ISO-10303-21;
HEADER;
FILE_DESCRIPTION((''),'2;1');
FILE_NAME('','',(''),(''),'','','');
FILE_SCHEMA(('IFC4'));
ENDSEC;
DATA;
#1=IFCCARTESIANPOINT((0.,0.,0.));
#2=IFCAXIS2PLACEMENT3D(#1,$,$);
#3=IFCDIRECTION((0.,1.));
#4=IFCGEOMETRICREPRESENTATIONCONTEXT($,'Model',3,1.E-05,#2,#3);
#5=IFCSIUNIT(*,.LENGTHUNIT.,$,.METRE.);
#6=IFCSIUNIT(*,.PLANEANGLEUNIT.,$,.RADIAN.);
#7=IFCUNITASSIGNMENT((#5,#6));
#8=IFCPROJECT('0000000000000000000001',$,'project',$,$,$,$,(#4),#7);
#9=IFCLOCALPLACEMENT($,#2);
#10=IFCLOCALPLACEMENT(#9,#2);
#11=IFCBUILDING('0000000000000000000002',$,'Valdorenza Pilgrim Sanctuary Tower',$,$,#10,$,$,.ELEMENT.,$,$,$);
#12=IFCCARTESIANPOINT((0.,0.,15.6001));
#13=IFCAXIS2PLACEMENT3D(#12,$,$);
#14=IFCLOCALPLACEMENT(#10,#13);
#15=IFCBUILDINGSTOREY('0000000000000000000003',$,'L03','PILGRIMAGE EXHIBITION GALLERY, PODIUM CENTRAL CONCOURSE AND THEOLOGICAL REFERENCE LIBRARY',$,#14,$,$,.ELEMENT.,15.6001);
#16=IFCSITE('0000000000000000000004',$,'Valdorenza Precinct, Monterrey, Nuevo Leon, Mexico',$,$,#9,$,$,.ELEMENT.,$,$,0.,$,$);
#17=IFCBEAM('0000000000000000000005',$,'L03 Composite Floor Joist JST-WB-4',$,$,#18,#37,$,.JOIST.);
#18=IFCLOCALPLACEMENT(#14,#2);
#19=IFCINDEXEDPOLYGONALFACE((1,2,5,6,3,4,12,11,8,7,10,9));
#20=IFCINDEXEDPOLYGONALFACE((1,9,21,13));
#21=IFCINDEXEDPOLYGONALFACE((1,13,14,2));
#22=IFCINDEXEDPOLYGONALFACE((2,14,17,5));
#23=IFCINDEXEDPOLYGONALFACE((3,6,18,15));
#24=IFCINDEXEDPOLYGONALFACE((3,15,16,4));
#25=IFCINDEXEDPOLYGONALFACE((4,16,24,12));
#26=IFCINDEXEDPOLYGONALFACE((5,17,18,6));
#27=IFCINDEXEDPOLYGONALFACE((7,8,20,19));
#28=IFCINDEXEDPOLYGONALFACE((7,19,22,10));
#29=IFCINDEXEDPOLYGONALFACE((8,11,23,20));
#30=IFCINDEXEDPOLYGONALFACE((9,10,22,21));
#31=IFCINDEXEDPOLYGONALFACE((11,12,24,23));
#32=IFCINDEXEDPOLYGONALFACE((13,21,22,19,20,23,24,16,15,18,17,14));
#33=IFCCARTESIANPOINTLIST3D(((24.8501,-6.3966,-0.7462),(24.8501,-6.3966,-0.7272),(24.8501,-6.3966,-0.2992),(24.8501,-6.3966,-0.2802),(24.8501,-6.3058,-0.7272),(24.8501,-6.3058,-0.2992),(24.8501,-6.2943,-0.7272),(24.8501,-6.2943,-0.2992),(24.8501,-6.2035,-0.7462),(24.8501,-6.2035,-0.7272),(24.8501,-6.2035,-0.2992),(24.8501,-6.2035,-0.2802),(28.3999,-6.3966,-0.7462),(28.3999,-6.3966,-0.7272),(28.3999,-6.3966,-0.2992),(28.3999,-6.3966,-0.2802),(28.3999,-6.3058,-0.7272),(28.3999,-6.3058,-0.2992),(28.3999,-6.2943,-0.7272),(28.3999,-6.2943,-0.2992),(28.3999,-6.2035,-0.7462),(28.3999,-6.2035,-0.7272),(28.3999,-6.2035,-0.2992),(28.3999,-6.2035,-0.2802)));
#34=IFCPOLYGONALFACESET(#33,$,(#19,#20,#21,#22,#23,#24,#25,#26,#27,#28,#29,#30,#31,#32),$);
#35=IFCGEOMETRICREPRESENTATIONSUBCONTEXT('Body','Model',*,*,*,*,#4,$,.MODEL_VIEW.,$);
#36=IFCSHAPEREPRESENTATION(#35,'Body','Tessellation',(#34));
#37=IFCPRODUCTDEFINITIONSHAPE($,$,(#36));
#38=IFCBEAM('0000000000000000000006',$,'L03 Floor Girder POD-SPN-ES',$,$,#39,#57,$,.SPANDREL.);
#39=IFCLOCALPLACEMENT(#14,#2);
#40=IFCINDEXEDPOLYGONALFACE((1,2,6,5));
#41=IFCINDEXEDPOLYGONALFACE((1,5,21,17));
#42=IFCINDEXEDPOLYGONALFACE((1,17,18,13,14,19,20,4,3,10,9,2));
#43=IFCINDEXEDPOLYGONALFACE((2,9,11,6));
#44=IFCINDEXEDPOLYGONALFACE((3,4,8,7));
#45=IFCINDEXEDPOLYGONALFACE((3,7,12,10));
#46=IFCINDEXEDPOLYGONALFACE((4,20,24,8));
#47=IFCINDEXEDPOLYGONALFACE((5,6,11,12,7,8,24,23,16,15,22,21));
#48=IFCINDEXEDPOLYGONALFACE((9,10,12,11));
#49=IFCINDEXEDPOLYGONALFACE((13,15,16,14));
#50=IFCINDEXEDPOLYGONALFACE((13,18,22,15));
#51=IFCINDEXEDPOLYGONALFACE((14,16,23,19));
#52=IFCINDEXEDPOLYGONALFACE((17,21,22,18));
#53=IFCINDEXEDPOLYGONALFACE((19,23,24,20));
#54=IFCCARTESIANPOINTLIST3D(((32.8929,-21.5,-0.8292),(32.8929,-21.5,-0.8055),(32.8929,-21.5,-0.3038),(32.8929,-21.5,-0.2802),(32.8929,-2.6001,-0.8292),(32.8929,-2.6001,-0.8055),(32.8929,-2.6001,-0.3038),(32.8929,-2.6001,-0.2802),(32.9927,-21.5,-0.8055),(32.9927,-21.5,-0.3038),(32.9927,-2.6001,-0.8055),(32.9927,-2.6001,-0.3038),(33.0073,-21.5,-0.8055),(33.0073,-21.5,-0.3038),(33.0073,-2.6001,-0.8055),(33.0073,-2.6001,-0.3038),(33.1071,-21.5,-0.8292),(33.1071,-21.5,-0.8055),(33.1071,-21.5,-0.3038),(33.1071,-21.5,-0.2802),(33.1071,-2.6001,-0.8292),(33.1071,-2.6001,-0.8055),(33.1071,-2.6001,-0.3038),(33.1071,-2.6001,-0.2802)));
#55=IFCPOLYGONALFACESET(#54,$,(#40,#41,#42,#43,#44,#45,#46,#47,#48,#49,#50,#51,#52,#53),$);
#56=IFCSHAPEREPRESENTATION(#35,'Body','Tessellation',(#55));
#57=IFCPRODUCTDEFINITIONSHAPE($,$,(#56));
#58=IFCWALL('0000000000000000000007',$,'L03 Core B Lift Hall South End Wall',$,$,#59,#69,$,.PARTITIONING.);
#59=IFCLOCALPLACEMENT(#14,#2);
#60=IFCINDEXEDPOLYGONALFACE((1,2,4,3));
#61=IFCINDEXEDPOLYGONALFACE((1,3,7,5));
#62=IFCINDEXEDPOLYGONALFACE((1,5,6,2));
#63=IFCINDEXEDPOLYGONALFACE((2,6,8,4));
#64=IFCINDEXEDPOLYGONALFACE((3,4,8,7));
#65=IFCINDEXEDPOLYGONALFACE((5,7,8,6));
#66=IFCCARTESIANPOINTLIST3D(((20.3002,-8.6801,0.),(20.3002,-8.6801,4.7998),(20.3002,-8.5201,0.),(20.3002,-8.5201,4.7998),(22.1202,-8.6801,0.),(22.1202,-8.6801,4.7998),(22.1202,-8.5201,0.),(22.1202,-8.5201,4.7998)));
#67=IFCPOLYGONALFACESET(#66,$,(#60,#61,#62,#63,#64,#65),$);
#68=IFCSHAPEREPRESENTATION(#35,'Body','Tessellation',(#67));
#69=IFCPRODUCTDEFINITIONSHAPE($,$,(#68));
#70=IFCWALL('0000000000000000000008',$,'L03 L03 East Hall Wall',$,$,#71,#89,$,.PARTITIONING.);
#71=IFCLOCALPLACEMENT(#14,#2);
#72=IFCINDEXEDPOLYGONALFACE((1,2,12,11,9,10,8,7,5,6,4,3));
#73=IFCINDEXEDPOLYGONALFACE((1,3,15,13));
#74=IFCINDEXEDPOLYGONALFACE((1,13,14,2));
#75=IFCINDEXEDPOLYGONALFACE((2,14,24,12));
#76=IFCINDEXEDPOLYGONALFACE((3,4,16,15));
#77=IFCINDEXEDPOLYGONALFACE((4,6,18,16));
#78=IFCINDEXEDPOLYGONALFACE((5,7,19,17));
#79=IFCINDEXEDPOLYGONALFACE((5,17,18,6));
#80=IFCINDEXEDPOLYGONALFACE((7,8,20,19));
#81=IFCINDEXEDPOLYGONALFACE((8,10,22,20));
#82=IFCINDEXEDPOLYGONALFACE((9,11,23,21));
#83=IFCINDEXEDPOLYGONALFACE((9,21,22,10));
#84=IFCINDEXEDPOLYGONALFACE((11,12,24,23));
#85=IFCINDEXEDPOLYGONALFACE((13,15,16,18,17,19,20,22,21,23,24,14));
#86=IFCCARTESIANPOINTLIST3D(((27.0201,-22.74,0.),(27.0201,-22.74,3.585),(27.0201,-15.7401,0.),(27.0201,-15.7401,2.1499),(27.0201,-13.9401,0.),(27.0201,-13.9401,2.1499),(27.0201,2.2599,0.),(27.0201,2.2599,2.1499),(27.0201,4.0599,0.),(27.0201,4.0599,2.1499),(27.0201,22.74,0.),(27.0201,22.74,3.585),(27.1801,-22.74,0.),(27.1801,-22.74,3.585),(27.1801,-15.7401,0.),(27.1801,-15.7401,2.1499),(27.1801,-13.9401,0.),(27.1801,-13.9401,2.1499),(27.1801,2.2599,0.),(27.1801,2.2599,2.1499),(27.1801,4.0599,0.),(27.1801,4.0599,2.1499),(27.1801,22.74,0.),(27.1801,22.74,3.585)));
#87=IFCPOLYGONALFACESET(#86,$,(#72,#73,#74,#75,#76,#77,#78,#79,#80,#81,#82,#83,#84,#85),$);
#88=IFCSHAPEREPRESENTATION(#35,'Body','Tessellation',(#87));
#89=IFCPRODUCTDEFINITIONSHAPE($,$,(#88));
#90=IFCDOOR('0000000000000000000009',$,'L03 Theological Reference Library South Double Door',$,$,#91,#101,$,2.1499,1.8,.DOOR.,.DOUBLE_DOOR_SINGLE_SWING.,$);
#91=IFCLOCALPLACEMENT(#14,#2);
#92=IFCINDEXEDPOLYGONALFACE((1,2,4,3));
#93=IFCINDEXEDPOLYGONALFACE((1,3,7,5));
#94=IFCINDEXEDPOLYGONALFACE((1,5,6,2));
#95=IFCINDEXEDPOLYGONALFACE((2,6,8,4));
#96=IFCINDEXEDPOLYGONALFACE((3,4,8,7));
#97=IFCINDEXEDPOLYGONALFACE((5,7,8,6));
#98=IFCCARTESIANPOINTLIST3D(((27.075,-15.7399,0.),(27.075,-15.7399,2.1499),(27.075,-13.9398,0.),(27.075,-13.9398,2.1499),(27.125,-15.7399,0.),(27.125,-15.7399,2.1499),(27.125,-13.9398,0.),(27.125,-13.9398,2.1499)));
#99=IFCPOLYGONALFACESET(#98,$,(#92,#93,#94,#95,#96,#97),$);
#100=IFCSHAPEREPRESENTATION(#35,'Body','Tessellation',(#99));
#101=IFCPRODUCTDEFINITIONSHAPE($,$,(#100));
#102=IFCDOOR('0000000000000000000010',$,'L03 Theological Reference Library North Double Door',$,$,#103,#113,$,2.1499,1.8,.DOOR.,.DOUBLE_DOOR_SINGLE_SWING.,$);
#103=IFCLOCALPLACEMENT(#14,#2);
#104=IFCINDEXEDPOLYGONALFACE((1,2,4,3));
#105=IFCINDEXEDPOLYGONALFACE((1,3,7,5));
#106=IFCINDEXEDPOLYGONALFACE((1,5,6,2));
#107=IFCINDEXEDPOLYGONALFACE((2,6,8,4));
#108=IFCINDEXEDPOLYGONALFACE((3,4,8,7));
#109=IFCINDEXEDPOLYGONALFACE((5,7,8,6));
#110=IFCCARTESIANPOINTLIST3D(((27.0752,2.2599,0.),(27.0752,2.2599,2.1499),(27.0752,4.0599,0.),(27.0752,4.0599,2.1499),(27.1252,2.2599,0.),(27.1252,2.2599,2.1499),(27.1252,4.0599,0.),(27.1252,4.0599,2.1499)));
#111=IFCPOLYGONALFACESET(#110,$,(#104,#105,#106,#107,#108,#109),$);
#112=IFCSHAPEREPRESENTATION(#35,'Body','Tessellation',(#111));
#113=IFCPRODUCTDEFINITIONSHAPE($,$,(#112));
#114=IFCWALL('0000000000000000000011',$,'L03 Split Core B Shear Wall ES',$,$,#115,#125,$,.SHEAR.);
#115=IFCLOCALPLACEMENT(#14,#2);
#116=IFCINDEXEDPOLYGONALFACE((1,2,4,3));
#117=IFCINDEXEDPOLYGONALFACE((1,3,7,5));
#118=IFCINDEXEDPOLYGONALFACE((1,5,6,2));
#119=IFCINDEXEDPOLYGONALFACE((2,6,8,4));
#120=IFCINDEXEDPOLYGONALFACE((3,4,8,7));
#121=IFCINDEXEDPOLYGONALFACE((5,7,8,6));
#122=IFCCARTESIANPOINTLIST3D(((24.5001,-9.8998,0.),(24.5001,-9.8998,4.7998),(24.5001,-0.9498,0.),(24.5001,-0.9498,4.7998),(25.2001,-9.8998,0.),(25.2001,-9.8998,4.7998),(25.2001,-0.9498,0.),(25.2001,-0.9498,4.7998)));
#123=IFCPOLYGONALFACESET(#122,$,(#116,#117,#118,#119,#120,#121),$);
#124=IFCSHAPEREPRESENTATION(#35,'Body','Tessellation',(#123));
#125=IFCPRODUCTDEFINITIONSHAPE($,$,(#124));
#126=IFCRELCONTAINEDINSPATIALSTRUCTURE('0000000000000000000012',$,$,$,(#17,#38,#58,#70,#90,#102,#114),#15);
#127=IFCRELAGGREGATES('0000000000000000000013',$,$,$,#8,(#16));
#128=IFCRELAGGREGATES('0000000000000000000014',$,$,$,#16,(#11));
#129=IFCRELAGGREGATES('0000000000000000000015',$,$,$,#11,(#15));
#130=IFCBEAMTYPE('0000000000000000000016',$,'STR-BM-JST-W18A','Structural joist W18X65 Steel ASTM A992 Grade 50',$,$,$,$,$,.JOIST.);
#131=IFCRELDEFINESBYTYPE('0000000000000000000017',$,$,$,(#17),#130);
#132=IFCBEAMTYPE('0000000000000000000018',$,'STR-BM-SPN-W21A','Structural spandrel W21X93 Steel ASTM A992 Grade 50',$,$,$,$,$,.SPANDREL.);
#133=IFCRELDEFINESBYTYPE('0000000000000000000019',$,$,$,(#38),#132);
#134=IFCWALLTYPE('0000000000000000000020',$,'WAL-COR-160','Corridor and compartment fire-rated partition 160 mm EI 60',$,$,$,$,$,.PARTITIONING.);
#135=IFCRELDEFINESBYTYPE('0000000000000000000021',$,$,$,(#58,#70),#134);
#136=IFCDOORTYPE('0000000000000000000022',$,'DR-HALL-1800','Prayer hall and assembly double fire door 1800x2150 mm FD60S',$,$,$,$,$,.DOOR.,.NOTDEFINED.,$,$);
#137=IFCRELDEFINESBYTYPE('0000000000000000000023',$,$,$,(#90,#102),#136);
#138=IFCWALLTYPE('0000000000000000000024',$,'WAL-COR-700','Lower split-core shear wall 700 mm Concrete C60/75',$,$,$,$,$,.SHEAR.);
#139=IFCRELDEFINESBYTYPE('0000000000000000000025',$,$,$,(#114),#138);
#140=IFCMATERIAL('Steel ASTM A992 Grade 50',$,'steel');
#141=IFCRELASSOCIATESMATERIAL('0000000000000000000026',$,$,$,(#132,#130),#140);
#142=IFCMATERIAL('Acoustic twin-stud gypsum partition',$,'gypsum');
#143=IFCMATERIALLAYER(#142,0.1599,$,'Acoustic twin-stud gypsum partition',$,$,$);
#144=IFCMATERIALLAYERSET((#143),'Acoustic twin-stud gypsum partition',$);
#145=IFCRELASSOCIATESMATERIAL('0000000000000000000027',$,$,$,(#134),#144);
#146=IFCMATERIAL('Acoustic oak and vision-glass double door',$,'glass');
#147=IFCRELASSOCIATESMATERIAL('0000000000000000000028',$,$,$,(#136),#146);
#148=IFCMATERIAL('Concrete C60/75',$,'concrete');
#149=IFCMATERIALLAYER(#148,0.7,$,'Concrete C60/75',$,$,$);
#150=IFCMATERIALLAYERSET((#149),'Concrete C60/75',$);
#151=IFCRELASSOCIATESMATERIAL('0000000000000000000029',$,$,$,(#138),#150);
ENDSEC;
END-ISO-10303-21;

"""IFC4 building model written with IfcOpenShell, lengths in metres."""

from ifc_helpers import new_model, si_unit, direction, frame, frame_2d, origin, origin_2d, place, context, subcontext, project, spatial, rectangle, i_section, extrude, source, transform, mapped, material, layer, layer_set, material_profile, profile_set, type_object, element, fill, save


model = new_model("IFC4")

# Units and contexts
model_context = context("Model", 3, precision=1e-05, world=origin(), true_north=direction((0.0, 1.0)))
body_context = subcontext(model_context, "Body", "Model", "MODEL_VIEW")
ifc_project = project(units=[si_unit("LENGTHUNIT", "METRE"), si_unit("PLANEANGLEUNIT", "RADIAN")], contexts=[model_context])

# Site, building, storey
site_placement = place(None, origin())
site = spatial("IfcSite", under=ifc_project, at=site_placement, Name="Valdorenza Precinct, Monterrey, Nuevo Leon, Mexico", CompositionType="ELEMENT", RefElevation=0.0)
building_placement = place(site_placement, origin())
building = spatial("IfcBuilding", under=site, at=building_placement, Name="Valdorenza Pilgrim Sanctuary Tower", CompositionType="ELEMENT")
storey_placement = place(building_placement, frame((0.0, 0.0, 15.6001)))
storey = spatial("IfcBuildingStorey", under=building, at=storey_placement, Name="L03", Description="PILGRIMAGE EXHIBITION GALLERY, PODIUM CENTRAL CONCOURSE AND THEOLOGICAL REFERENCE LIBRARY", CompositionType="ELEMENT", Elevation=15.6001)

# Shared definitions
ifc_material_1 = material(Name="Concrete C60/75", Category="concrete")

# Beams
ifc_material_2 = material(Name="Steel ASTM A992 Grade 50", Category="steel")
ifc_material_profile_1 = material_profile(ifc_material_2, i_section(OverallWidth=0.2141, OverallDepth=0.5491, WebThickness=0.0146, FlangeThickness=0.0237, at=origin_2d()), Name="W21X93")
ifc_profile_set_1 = profile_set([ifc_material_profile_1], Name="Steel ASTM A992 Grade 50")
beam_type_1 = type_object("IfcBeamType", Name="STR-BM-SPN-W21A", Description="Structural spandrel W21X93 Steel ASTM A992 Grade 50", PredefinedType="SPANDREL", material=ifc_profile_set_1)
ifc_material_profile_2 = material_profile(ifc_material_2, i_section(OverallWidth=0.1931, OverallDepth=0.4661, WebThickness=0.0115, FlangeThickness=0.019, at=origin_2d()), Name="W18X65")
ifc_profile_set_2 = profile_set([ifc_material_profile_2], Name="Steel ASTM A992 Grade 50")
beam_type_2 = type_object("IfcBeamType", Name="STR-BM-JST-W18A", Description="Structural joist W18X65 Steel ASTM A992 Grade 50", PredefinedType="JOIST", material=ifc_profile_set_2)
shared_shape_1 = source(origin(), body_context, "Body", "SweptSolid", [
    extrude(i_section(OverallWidth=0.1931, OverallDepth=0.4661, WebThickness=0.0115, FlangeThickness=0.019, at=origin_2d()), origin(), (0.0, 0.0, 1.0), 3.5498),
])
for number, where, z_axis, x_axis, name in (
    (1, (24.8501, -6.3, -0.5132), (1.0, 0.0, 0.0), (0.0, 1.0, 0.0), "L03 Composite Floor Joist JST-WB-4"),
):
    element("IfcBeam", number, at=place(storey_placement, frame(where, z_axis=z_axis, x_axis=x_axis)), inside=storey, type_object=beam_type_2, Name=name, PredefinedType="JOIST", context=body_context, shape_type="MappedRepresentation", body=[
        mapped(shared_shape_1, transform((0.0, 0.0, 0.0), x_axis=(1.0, 0.0, 0.0), y_axis=(0.0, 1.0, 0.0), z_axis=(0.0, 0.0, 1.0), scale=1.0)),
    ])
shared_shape_2 = source(origin(), body_context, "Body", "SweptSolid", [
    extrude(i_section(OverallWidth=0.2141, OverallDepth=0.5491, WebThickness=0.0146, FlangeThickness=0.0237, at=origin_2d()), origin(), (0.0, 0.0, 1.0), 18.8999),
])
beam_1_placement = place(storey_placement, frame((33.0, -21.5, -0.5547), z_axis=(0.0, 1.0, 0.0), x_axis=(-1.0, 0.0, 0.0)))
element("IfcBeam", 2, at=beam_1_placement, inside=storey, type_object=beam_type_1, Name="L03 Floor Girder POD-SPN-ES", PredefinedType="SPANDREL", context=body_context, shape_type="MappedRepresentation", body=[
    mapped(shared_shape_2, transform((0.0, 0.0, 0.0), x_axis=(1.0, 0.0, 0.0), y_axis=(0.0, 1.0, 0.0), z_axis=(0.0, 0.0, 1.0), scale=1.0)),
])

# Wall
ifc_material_3 = material(Name="Acoustic twin-stud gypsum partition", Category="gypsum")
ifc_layer_1 = layer(ifc_material_3, 0.1599, Name="Acoustic twin-stud gypsum partition")
ifc_layer_set_1 = layer_set([ifc_layer_1], Name="Acoustic twin-stud gypsum partition")
wall_type_1 = type_object("IfcWallType", Name="WAL-COR-160", Description="Corridor and compartment fire-rated partition 160 mm EI 60", PredefinedType="PARTITIONING", material=ifc_layer_set_1)
wall_1_placement = place(storey_placement, frame((20.3, -8.6001, 0.0), z_axis=(0.0, 0.0, 1.0), x_axis=(1.0, 0.0, 0.0)))
element("IfcWall", 3, at=wall_1_placement, inside=storey, type_object=wall_type_1, Name="L03 Core B Lift Hall South End Wall", PredefinedType="PARTITIONING", context=body_context, shape_type="SweptSolid", body=[
    extrude(rectangle(XDim=1.8201, YDim=0.1599, at=frame_2d((0.9102, 0.0))), origin(), (0.0, 0.0, 1.0), 4.7998),
])

# Wall, openings, doors
wall_2_placement = place(storey_placement, frame((27.1001, -22.74, 0.0), z_axis=(0.0, 0.0, 1.0), x_axis=(0.0, 1.0, 0.0)))
wall_2 = element("IfcWall", 4, at=wall_2_placement, inside=storey, type_object=wall_type_1, Name="L03 L03 East Hall Wall", PredefinedType="PARTITIONING", context=body_context, shape_type="SweptSolid", body=[
    extrude(rectangle(XDim=45.48, YDim=0.1599, at=frame_2d((22.74, 0.0))), origin(), (0.0, 0.0, 1.0), 3.585),
])
opening_1_placement = place(wall_2_placement, frame((7.0, 0.0, 0.0)))
opening_1 = element("IfcOpeningElement", 5, at=opening_1_placement, cuts=wall_2, PredefinedType="OPENING", context=body_context, shape_type="SweptSolid", body=[
    extrude(rectangle(XDim=1.8, YDim=2.1499, at=frame_2d((0.8999, 1.075))), frame((0.0, 0.0947, 0.0), z_axis=(0.0, -1.0, 0.0), x_axis=(1.0, 0.0, 0.0)), (0.0, 0.0, 1.0), 0.1897),
])
opening_2_placement = place(wall_2_placement, frame((25.0, 0.0, 0.0)))
opening_2 = element("IfcOpeningElement", 6, at=opening_2_placement, cuts=wall_2, PredefinedType="OPENING", context=body_context, shape_type="SweptSolid", body=[
    extrude(rectangle(XDim=1.8, YDim=2.1499, at=frame_2d((0.8999, 1.075))), frame((0.0, 0.0947, 0.0), z_axis=(0.0, -1.0, 0.0), x_axis=(1.0, 0.0, 0.0)), (0.0, 0.0, 1.0), 0.1897),
])
ifc_material_4 = material(Name="Acoustic oak and vision-glass double door", Category="glass")
door_type_1 = type_object("IfcDoorType", Name="DR-HALL-1800", Description="Prayer hall and assembly double fire door 1800x2150 mm FD60S", OperationType="NOTDEFINED", PredefinedType="DOOR", material=ifc_material_4)
door_1_placement = place(opening_1_placement, frame((1.8, 0.0, 0.0), z_axis=(0.0, 0.0, 1.0), x_axis=(-1.0, 0.0, 0.0)))
door_1 = element("IfcDoor", 7, at=door_1_placement, inside=storey, type_object=door_type_1, Name="L03 Theological Reference Library South Double Door", OperationType="DOUBLE_DOOR_SINGLE_SWING", OverallHeight=2.1499, OverallWidth=1.8, PredefinedType="DOOR", context=body_context, shape_type="SweptSolid", body=[
    extrude(rectangle(XDim=1.8, YDim=2.1499, at=frame_2d((0.8999, 1.075))), frame((0.0, 0.0249, 0.0), z_axis=(0.0, -1.0, 0.0), x_axis=(1.0, 0.0, 0.0)), (0.0, 0.0, 1.0), 0.05),
])
fill(opening_1, door_1)
door_2_placement = place(opening_2_placement, origin())
door_2 = element("IfcDoor", 8, at=door_2_placement, inside=storey, type_object=door_type_1, Name="L03 Theological Reference Library North Double Door", OperationType="DOUBLE_DOOR_SINGLE_SWING", OverallHeight=2.1499, OverallWidth=1.8, PredefinedType="DOOR", context=body_context, shape_type="SweptSolid", body=[
    extrude(rectangle(XDim=1.8, YDim=2.1499, at=frame_2d((0.8999, 1.075))), frame((0.0, 0.0249, 0.0), z_axis=(0.0, -1.0, 0.0), x_axis=(1.0, 0.0, 0.0)), (0.0, 0.0, 1.0), 0.05),
])
fill(opening_2, door_2)

# Wall
ifc_layer_2 = layer(ifc_material_1, 0.7, Name="Concrete C60/75")
ifc_layer_set_2 = layer_set([ifc_layer_2], Name="Concrete C60/75")
wall_type_2 = type_object("IfcWallType", Name="WAL-COR-700", Description="Lower split-core shear wall 700 mm Concrete C60/75", PredefinedType="SHEAR", material=ifc_layer_set_2)
wall_3_placement = place(storey_placement, frame((24.8501, -9.8999, 0.0), z_axis=(0.0, 0.0, 1.0), x_axis=(0.0, 1.0, 0.0)))
element("IfcWall", 9, at=wall_3_placement, inside=storey, type_object=wall_type_2, Name="L03 Split Core B Shear Wall ES", PredefinedType="SHEAR", context=body_context, shape_type="SweptSolid", body=[
    extrude(rectangle(XDim=8.95, YDim=0.7, at=frame_2d((4.4751, 0.0))), origin(), (0.0, 0.0, 1.0), 4.7998),
])

save(model, "model.ifc")
